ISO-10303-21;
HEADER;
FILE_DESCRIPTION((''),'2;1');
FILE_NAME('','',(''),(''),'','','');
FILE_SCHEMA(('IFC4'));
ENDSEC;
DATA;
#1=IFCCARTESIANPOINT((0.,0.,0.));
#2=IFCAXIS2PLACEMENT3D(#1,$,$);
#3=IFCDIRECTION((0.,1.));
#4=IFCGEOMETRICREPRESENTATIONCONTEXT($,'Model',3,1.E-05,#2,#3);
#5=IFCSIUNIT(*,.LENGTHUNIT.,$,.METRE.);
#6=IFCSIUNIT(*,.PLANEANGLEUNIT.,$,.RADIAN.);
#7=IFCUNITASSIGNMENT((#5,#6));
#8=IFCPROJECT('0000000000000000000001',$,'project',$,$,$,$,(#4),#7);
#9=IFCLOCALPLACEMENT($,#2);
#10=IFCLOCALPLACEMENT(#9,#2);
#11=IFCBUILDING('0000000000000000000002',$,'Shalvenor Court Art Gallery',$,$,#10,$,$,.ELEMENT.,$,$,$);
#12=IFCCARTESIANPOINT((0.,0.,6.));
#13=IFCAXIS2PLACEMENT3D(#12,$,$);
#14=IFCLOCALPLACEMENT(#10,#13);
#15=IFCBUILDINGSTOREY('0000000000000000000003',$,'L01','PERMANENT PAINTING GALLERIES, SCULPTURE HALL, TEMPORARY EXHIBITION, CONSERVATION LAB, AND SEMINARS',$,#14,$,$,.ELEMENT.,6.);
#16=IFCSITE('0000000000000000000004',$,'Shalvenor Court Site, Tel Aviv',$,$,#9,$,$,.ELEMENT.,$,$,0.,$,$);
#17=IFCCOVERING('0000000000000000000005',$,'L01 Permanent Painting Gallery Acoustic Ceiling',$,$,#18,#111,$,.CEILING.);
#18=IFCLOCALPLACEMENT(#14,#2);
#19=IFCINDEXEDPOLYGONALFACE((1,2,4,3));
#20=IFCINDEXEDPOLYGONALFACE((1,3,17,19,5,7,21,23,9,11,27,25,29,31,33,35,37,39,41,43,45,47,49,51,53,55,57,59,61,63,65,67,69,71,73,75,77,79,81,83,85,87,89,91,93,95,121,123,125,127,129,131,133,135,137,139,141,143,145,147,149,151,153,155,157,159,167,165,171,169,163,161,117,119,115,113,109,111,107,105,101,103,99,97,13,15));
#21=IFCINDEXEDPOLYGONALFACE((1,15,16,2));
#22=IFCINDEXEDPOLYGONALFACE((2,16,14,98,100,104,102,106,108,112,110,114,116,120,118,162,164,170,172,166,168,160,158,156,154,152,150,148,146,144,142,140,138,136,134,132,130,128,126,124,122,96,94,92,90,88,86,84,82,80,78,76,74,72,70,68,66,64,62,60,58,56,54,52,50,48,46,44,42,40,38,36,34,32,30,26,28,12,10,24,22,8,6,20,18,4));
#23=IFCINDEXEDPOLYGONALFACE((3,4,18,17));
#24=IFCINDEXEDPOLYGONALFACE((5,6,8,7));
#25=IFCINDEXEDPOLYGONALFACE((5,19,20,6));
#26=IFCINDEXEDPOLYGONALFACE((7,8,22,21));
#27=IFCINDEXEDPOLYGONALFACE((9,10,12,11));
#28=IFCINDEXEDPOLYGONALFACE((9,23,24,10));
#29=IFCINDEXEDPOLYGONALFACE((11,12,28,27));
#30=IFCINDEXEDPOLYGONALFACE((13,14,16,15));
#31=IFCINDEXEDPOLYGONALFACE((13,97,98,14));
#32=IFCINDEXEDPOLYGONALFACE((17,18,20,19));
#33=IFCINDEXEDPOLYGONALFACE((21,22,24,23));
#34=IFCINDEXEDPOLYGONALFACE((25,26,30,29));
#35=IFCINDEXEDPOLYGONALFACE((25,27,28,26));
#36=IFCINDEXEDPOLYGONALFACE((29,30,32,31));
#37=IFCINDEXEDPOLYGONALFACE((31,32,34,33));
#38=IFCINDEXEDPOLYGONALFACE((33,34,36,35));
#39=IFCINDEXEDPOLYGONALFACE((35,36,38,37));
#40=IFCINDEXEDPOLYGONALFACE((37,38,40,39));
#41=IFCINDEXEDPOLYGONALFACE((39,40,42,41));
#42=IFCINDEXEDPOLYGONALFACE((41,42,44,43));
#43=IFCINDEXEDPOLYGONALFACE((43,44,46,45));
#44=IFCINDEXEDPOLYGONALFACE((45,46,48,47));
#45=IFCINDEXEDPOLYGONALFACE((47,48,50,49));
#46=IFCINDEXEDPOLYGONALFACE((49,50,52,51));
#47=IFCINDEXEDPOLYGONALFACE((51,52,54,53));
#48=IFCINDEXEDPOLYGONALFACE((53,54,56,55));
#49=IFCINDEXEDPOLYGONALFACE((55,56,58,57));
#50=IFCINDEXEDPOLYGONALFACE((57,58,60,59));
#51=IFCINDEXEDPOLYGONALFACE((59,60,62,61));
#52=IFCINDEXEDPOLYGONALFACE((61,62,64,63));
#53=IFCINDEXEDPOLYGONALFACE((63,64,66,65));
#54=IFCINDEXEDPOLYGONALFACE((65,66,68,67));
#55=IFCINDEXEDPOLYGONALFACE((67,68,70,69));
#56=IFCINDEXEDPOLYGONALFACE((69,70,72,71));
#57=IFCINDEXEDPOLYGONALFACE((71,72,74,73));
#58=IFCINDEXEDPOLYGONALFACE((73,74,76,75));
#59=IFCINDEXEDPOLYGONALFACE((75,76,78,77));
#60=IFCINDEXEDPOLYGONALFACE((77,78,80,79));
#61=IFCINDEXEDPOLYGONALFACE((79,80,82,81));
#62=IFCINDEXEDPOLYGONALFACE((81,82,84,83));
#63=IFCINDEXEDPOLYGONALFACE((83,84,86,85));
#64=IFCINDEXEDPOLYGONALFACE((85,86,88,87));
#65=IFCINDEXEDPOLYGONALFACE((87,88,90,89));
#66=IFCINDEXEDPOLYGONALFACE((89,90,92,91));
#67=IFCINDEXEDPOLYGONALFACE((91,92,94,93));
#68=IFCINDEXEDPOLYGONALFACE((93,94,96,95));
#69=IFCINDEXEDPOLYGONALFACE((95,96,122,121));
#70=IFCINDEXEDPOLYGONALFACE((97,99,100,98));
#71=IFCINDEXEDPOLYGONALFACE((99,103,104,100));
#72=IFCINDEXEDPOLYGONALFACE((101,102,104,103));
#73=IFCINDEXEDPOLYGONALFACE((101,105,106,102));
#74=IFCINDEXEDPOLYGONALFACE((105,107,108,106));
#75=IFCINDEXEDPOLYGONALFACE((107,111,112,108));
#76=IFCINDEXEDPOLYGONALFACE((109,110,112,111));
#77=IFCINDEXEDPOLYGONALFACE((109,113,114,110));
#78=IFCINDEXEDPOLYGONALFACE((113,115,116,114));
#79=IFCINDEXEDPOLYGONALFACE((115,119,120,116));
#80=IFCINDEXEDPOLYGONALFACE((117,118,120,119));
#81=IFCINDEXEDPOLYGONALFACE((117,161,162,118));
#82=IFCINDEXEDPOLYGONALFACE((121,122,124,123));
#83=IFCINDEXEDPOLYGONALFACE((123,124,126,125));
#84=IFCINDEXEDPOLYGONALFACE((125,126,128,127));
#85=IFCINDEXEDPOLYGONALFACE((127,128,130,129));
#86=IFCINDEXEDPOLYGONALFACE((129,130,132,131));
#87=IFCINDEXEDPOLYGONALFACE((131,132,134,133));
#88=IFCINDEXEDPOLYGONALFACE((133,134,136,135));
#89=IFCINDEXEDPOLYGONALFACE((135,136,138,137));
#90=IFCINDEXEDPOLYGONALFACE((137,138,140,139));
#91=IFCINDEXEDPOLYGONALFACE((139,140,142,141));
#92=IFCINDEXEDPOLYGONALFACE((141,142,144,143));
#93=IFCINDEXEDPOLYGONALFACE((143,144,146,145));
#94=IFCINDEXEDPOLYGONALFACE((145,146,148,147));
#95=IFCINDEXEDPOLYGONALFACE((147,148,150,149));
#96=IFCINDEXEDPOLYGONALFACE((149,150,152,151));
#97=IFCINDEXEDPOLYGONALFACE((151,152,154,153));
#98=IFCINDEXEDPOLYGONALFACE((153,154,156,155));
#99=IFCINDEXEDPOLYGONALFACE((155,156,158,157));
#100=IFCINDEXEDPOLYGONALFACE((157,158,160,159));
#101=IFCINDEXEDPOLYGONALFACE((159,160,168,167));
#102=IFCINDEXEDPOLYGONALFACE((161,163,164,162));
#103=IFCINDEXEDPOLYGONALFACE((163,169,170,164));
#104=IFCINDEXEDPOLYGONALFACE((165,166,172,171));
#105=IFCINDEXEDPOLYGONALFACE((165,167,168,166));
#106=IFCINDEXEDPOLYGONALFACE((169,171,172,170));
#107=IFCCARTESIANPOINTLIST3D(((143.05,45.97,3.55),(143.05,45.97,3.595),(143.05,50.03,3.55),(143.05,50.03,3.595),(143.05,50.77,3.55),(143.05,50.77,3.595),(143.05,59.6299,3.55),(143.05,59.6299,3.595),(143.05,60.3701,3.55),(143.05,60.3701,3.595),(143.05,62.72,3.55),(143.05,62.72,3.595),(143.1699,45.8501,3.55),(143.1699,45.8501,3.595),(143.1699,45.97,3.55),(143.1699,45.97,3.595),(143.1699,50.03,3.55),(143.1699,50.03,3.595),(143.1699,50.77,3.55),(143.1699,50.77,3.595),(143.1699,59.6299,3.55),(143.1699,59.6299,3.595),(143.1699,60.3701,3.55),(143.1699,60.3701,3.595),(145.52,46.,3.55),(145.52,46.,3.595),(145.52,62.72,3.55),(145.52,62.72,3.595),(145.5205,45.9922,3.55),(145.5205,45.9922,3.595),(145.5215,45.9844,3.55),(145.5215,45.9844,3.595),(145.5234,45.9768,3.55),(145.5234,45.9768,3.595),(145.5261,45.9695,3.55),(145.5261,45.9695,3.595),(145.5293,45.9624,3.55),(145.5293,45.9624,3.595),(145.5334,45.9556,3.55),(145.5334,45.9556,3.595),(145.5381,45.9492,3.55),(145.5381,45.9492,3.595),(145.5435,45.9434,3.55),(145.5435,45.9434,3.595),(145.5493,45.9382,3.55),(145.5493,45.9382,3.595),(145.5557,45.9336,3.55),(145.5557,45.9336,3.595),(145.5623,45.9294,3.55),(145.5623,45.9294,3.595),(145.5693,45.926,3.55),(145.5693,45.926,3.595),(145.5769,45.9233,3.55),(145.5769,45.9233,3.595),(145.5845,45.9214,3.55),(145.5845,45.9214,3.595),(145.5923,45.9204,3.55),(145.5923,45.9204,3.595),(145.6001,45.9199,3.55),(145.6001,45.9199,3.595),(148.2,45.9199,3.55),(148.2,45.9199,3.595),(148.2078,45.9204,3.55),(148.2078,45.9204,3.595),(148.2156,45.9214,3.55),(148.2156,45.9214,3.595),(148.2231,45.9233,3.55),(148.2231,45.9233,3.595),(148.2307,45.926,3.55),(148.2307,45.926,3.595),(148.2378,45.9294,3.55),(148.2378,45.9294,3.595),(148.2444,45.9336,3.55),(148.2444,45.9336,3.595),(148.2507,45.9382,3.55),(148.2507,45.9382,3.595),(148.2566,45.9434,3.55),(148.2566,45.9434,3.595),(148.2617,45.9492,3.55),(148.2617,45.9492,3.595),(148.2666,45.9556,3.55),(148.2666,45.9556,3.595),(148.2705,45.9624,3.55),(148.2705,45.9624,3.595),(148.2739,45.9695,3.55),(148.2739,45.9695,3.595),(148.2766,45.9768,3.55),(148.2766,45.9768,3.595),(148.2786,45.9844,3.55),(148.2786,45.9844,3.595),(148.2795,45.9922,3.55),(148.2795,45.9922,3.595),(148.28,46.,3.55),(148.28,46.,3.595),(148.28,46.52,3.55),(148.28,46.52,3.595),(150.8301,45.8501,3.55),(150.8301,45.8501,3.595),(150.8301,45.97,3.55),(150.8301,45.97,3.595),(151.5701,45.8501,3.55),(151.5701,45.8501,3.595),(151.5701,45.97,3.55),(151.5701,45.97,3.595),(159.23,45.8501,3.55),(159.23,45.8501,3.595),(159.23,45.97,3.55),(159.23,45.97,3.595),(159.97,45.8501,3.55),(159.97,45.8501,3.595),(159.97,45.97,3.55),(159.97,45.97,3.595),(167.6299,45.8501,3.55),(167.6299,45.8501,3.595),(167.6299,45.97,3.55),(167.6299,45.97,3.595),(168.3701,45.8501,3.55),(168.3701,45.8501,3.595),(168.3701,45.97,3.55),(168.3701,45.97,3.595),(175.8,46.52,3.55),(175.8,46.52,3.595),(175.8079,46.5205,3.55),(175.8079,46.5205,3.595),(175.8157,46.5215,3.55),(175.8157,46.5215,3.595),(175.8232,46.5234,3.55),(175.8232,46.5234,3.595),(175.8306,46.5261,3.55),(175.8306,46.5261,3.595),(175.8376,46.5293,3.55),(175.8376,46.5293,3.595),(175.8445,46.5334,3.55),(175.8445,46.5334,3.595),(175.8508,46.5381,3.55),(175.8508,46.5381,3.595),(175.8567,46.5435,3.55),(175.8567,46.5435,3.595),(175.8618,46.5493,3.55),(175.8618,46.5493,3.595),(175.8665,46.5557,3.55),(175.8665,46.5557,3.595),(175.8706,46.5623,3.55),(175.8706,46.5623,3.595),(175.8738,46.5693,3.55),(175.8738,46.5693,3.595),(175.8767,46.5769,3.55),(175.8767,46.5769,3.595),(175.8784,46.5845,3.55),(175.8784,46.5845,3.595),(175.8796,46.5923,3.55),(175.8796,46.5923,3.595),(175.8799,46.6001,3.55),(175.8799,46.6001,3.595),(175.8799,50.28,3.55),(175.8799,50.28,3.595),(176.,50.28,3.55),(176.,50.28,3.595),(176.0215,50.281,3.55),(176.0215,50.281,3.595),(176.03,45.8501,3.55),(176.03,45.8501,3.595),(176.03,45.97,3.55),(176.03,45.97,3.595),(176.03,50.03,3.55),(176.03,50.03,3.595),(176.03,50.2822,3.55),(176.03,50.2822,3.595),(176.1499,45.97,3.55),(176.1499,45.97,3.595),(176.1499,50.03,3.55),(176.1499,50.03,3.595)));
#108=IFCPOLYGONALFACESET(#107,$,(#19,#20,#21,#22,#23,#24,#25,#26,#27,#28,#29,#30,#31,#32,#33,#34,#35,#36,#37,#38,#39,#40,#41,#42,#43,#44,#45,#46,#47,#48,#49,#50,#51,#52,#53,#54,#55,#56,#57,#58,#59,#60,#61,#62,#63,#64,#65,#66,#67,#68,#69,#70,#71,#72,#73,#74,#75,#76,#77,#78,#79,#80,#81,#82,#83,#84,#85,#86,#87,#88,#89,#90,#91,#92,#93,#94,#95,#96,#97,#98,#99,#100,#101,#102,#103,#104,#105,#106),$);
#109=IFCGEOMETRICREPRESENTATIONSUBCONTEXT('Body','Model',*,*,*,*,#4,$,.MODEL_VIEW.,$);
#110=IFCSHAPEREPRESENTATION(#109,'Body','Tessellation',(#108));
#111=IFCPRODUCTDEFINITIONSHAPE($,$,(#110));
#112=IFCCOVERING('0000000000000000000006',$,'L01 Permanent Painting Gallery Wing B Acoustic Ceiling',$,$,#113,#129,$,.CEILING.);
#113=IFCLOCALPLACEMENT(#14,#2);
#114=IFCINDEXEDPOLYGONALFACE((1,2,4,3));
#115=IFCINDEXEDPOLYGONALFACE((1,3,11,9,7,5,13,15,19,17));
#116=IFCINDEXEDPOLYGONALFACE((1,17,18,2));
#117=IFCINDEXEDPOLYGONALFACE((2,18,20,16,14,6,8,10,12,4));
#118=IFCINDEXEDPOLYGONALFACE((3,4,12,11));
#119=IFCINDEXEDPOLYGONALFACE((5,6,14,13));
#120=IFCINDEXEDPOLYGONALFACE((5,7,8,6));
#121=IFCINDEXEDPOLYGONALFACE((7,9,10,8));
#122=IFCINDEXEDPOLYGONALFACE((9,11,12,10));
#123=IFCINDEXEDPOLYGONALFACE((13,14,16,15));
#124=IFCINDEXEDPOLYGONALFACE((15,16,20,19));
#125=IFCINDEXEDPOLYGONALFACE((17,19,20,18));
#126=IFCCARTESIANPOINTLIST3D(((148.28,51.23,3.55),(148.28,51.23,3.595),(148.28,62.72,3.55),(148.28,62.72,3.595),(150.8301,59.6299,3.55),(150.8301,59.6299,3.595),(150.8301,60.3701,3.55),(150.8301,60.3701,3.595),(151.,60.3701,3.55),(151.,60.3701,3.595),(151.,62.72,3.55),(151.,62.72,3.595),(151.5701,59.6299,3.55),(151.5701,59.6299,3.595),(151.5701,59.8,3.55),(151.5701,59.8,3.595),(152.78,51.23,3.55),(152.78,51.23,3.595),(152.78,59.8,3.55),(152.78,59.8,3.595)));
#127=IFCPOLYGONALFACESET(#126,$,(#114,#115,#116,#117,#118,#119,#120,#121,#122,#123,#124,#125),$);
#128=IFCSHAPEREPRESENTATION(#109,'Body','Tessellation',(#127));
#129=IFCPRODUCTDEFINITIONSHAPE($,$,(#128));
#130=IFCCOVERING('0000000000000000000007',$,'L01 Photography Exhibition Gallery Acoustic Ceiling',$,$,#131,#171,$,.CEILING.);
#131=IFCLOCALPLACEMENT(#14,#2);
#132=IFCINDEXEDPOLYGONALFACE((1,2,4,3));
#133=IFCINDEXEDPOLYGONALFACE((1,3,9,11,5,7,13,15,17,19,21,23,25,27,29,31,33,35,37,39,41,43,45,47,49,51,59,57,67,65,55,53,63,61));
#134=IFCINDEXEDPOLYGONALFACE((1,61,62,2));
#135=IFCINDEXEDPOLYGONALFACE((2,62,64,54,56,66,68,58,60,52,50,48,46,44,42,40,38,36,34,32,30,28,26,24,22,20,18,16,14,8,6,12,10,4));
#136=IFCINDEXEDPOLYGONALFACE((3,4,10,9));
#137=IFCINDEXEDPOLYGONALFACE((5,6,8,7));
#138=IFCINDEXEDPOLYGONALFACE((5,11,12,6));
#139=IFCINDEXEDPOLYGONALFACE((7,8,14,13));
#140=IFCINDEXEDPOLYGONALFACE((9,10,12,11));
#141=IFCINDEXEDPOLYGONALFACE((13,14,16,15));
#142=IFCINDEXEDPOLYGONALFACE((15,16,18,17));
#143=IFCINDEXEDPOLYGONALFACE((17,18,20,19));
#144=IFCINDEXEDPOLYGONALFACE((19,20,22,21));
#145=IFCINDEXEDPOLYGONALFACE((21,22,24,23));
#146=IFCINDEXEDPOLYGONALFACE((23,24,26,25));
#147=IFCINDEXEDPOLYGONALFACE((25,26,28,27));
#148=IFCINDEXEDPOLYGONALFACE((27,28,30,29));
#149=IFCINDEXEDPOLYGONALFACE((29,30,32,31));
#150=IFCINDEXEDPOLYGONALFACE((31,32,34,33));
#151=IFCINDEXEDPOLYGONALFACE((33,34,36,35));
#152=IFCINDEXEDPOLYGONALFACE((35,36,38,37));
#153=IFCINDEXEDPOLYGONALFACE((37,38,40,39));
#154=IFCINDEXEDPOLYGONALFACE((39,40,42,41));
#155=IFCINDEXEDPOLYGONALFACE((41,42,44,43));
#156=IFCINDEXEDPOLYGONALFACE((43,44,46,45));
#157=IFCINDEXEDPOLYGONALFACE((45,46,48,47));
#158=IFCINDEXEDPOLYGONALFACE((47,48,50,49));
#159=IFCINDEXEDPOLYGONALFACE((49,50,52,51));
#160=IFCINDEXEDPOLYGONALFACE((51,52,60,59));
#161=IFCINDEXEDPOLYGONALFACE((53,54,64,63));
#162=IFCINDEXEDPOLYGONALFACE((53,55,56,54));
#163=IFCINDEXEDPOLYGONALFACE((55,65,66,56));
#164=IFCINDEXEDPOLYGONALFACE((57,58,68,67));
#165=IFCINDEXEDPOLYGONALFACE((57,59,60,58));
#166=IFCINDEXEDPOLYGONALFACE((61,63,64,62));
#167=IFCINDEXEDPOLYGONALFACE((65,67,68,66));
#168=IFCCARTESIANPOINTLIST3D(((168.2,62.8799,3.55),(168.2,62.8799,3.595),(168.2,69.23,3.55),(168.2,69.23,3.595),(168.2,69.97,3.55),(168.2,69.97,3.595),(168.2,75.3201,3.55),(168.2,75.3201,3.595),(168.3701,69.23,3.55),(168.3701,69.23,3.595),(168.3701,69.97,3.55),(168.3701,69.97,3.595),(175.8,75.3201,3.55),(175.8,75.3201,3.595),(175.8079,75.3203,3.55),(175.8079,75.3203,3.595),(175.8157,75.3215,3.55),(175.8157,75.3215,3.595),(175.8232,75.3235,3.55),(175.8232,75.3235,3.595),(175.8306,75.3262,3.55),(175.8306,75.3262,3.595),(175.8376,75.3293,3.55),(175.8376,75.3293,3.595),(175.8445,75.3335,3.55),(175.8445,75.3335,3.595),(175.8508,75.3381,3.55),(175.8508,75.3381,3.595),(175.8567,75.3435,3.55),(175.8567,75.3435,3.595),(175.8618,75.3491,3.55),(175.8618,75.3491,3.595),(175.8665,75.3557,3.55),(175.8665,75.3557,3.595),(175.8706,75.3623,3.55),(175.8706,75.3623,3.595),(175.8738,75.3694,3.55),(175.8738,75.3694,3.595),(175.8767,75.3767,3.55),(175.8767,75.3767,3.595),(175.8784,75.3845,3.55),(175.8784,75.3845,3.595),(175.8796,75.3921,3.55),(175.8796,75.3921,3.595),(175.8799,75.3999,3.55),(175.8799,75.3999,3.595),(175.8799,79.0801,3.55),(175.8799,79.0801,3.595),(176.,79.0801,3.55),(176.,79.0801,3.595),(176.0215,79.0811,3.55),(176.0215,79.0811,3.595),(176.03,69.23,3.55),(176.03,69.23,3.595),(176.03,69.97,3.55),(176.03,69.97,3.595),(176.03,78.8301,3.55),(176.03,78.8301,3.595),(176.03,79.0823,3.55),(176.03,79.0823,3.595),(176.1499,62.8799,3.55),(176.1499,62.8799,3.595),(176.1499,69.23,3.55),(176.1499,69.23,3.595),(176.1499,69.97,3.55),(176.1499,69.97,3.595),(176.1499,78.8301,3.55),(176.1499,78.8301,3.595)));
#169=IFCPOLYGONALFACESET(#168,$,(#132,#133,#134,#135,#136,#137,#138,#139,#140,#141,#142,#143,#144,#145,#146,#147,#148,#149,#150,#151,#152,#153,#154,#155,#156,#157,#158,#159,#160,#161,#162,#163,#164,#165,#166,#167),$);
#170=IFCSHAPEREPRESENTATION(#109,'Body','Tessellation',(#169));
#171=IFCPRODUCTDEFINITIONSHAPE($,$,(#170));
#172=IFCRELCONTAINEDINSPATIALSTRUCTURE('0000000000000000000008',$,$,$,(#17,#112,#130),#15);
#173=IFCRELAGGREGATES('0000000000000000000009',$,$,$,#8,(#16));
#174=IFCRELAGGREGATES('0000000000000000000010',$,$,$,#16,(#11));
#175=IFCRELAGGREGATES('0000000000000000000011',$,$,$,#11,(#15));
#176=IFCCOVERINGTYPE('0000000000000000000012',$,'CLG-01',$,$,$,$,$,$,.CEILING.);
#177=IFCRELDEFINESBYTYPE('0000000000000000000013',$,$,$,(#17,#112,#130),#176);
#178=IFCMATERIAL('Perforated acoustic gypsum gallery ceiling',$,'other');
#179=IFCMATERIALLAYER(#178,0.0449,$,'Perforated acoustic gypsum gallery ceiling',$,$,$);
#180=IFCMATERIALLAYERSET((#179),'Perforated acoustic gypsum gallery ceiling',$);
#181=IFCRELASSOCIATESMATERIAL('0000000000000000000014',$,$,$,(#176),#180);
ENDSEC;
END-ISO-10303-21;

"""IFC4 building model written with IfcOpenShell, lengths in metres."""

from ifc_helpers import new_model, si_unit, direction, frame, origin, place, context, subcontext, project, spatial, polyline, outline, extrude, material, layer, layer_set, type_object, element, save


model = new_model("IFC4")

# Units and contexts
model_context = context("Model", 3, precision=1e-05, world=origin(), true_north=direction((0.0, 1.0)))
body_context = subcontext(model_context, "Body", "Model", "MODEL_VIEW")
ifc_project = project(units=[si_unit("LENGTHUNIT", "METRE"), si_unit("PLANEANGLEUNIT", "RADIAN")], contexts=[model_context])

# Site, building, storey
site_placement = place(None, origin())
site = spatial("IfcSite", under=ifc_project, at=site_placement, Name="Shalvenor Court Site, Tel Aviv", CompositionType="ELEMENT", RefElevation=0.0)
building_placement = place(site_placement, origin())
building = spatial("IfcBuilding", under=site, at=building_placement, Name="Shalvenor Court Art Gallery", CompositionType="ELEMENT")
storey_placement = place(building_placement, frame((0.0, 0.0, 6.0)))
storey = spatial("IfcBuildingStorey", under=building, at=storey_placement, Name="L01", Description="PERMANENT PAINTING GALLERIES, SCULPTURE HALL, TEMPORARY EXHIBITION, CONSERVATION LAB, AND SEMINARS", CompositionType="ELEMENT", Elevation=6.0)

# Coverings
ifc_material_1 = material(Name="Perforated acoustic gypsum gallery ceiling", Category="other")
ifc_layer_1 = layer(ifc_material_1, 0.0449, Name="Perforated acoustic gypsum gallery ceiling")
ifc_layer_set_1 = layer_set([ifc_layer_1], Name="Perforated acoustic gypsum gallery ceiling")
covering_type_1 = type_object("IfcCoveringType", Name="CLG-01", PredefinedType="CEILING", material=ifc_layer_set_1)
covering_1_placement = place(storey_placement, frame((0.0, 0.0, 3.55)))
element("IfcCovering", 1, at=covering_1_placement, inside=storey, type_object=covering_type_1, Name="L01 Permanent Painting Gallery Acoustic Ceiling", PredefinedType="CEILING", context=body_context, shape_type="SweptSolid", body=[
    extrude(outline(polyline([(145.5205, 45.9922), (145.5215, 45.9844), (145.5234, 45.9768), (145.5261, 45.9695), (145.5293, 45.9624), (145.5334, 45.9556), (145.5381, 45.9492), (145.5435, 45.9434), (145.5493, 45.9382), (145.5557, 45.9336), (145.5623, 45.9294), (145.5693, 45.926), (145.5769, 45.9233), (145.5845, 45.9214), (145.5923, 45.9204), (145.6001, 45.9199), (148.2, 45.9199), (148.2078, 45.9204), (148.2156, 45.9214), (148.2231, 45.9233), (148.2307, 45.926), (148.2378, 45.9294), (148.2444, 45.9336), (148.2507, 45.9382), (148.2566, 45.9434), (148.2617, 45.9492), (148.2666, 45.9556), (148.2705, 45.9624), (148.2739, 45.9695), (148.2766, 45.9768), (148.2786, 45.9844), (148.2795, 45.9922), (148.28, 46.0), (148.28, 46.52), (175.8, 46.52), (175.8079, 46.5205), (175.8157, 46.5215), (175.8232, 46.5234), (175.8306, 46.5261), (175.8376, 46.5293), (175.8445, 46.5334), (175.8508, 46.5381), (175.8567, 46.5435), (175.8618, 46.5493), (175.8665, 46.5557), (175.8706, 46.5623), (175.8738, 46.5693), (175.8767, 46.5769), (175.8784, 46.5845), (175.8796, 46.5923), (175.8799, 46.6001), (175.8799, 50.28), (176.0, 50.28), (176.0215, 50.281), (176.03, 50.2822), (176.03, 50.03), (176.1499, 50.03), (176.1499, 45.97), (176.03, 45.97), (176.03, 45.8501), (168.3701, 45.8501), (168.3701, 45.97), (167.6299, 45.97), (167.6299, 45.8501), (159.97, 45.8501), (159.97, 45.97), (159.23, 45.97), (159.23, 45.8501), (151.5701, 45.8501), (151.5701, 45.97), (150.8301, 45.97), (150.8301, 45.8501), (143.1699, 45.8501), (143.1699, 45.97), (143.05, 45.97), (143.05, 50.03), (143.1699, 50.03), (143.1699, 50.77), (143.05, 50.77), (143.05, 59.6299), (143.1699, 59.6299), (143.1699, 60.3701), (143.05, 60.3701), (143.05, 62.72), (145.52, 62.72), (145.52, 46.0), (145.5205, 45.9922)])), origin(), (0.0, 0.0, 1.0), 0.0449),
])
covering_2_placement = place(storey_placement, frame((0.0, 0.0, 3.55)))
element("IfcCovering", 2, at=covering_2_placement, inside=storey, type_object=covering_type_1, Name="L01 Permanent Painting Gallery Wing B Acoustic Ceiling", PredefinedType="CEILING", context=body_context, shape_type="SweptSolid", body=[
    extrude(outline(polyline([(152.78, 51.23), (148.28, 51.23), (148.28, 62.72), (151.0, 62.72), (151.0, 60.3701), (150.8301, 60.3701), (150.8301, 59.6299), (151.5701, 59.6299), (151.5701, 59.8), (152.78, 59.8), (152.78, 51.23)])), origin(), (0.0, 0.0, 1.0), 0.0449),
])
covering_3_placement = place(storey_placement, frame((0.0, 0.0, 3.55)))
element("IfcCovering", 3, at=covering_3_placement, inside=storey, type_object=covering_type_1, Name="L01 Photography Exhibition Gallery Acoustic Ceiling", PredefinedType="CEILING", context=body_context, shape_type="SweptSolid", body=[
    extrude(outline(polyline([(175.8, 75.3201), (175.8079, 75.3203), (175.8157, 75.3215), (175.8232, 75.3235), (175.8306, 75.3262), (175.8376, 75.3293), (175.8445, 75.3335), (175.8508, 75.3381), (175.8567, 75.3435), (175.8618, 75.3491), (175.8665, 75.3557), (175.8706, 75.3623), (175.8738, 75.3694), (175.8767, 75.3767), (175.8784, 75.3845), (175.8796, 75.3921), (175.8799, 75.3999), (175.8799, 79.0801), (176.0, 79.0801), (176.0215, 79.0811), (176.03, 79.0823), (176.03, 78.8301), (176.1499, 78.8301), (176.1499, 69.97), (176.03, 69.97), (176.03, 69.23), (176.1499, 69.23), (176.1499, 62.8799), (168.2, 62.8799), (168.2, 69.23), (168.3701, 69.23), (168.3701, 69.97), (168.2, 69.97), (168.2, 75.3201), (175.8, 75.3201)])), origin(), (0.0, 0.0, 1.0), 0.0449),
])

save(model, "model.ifc")
